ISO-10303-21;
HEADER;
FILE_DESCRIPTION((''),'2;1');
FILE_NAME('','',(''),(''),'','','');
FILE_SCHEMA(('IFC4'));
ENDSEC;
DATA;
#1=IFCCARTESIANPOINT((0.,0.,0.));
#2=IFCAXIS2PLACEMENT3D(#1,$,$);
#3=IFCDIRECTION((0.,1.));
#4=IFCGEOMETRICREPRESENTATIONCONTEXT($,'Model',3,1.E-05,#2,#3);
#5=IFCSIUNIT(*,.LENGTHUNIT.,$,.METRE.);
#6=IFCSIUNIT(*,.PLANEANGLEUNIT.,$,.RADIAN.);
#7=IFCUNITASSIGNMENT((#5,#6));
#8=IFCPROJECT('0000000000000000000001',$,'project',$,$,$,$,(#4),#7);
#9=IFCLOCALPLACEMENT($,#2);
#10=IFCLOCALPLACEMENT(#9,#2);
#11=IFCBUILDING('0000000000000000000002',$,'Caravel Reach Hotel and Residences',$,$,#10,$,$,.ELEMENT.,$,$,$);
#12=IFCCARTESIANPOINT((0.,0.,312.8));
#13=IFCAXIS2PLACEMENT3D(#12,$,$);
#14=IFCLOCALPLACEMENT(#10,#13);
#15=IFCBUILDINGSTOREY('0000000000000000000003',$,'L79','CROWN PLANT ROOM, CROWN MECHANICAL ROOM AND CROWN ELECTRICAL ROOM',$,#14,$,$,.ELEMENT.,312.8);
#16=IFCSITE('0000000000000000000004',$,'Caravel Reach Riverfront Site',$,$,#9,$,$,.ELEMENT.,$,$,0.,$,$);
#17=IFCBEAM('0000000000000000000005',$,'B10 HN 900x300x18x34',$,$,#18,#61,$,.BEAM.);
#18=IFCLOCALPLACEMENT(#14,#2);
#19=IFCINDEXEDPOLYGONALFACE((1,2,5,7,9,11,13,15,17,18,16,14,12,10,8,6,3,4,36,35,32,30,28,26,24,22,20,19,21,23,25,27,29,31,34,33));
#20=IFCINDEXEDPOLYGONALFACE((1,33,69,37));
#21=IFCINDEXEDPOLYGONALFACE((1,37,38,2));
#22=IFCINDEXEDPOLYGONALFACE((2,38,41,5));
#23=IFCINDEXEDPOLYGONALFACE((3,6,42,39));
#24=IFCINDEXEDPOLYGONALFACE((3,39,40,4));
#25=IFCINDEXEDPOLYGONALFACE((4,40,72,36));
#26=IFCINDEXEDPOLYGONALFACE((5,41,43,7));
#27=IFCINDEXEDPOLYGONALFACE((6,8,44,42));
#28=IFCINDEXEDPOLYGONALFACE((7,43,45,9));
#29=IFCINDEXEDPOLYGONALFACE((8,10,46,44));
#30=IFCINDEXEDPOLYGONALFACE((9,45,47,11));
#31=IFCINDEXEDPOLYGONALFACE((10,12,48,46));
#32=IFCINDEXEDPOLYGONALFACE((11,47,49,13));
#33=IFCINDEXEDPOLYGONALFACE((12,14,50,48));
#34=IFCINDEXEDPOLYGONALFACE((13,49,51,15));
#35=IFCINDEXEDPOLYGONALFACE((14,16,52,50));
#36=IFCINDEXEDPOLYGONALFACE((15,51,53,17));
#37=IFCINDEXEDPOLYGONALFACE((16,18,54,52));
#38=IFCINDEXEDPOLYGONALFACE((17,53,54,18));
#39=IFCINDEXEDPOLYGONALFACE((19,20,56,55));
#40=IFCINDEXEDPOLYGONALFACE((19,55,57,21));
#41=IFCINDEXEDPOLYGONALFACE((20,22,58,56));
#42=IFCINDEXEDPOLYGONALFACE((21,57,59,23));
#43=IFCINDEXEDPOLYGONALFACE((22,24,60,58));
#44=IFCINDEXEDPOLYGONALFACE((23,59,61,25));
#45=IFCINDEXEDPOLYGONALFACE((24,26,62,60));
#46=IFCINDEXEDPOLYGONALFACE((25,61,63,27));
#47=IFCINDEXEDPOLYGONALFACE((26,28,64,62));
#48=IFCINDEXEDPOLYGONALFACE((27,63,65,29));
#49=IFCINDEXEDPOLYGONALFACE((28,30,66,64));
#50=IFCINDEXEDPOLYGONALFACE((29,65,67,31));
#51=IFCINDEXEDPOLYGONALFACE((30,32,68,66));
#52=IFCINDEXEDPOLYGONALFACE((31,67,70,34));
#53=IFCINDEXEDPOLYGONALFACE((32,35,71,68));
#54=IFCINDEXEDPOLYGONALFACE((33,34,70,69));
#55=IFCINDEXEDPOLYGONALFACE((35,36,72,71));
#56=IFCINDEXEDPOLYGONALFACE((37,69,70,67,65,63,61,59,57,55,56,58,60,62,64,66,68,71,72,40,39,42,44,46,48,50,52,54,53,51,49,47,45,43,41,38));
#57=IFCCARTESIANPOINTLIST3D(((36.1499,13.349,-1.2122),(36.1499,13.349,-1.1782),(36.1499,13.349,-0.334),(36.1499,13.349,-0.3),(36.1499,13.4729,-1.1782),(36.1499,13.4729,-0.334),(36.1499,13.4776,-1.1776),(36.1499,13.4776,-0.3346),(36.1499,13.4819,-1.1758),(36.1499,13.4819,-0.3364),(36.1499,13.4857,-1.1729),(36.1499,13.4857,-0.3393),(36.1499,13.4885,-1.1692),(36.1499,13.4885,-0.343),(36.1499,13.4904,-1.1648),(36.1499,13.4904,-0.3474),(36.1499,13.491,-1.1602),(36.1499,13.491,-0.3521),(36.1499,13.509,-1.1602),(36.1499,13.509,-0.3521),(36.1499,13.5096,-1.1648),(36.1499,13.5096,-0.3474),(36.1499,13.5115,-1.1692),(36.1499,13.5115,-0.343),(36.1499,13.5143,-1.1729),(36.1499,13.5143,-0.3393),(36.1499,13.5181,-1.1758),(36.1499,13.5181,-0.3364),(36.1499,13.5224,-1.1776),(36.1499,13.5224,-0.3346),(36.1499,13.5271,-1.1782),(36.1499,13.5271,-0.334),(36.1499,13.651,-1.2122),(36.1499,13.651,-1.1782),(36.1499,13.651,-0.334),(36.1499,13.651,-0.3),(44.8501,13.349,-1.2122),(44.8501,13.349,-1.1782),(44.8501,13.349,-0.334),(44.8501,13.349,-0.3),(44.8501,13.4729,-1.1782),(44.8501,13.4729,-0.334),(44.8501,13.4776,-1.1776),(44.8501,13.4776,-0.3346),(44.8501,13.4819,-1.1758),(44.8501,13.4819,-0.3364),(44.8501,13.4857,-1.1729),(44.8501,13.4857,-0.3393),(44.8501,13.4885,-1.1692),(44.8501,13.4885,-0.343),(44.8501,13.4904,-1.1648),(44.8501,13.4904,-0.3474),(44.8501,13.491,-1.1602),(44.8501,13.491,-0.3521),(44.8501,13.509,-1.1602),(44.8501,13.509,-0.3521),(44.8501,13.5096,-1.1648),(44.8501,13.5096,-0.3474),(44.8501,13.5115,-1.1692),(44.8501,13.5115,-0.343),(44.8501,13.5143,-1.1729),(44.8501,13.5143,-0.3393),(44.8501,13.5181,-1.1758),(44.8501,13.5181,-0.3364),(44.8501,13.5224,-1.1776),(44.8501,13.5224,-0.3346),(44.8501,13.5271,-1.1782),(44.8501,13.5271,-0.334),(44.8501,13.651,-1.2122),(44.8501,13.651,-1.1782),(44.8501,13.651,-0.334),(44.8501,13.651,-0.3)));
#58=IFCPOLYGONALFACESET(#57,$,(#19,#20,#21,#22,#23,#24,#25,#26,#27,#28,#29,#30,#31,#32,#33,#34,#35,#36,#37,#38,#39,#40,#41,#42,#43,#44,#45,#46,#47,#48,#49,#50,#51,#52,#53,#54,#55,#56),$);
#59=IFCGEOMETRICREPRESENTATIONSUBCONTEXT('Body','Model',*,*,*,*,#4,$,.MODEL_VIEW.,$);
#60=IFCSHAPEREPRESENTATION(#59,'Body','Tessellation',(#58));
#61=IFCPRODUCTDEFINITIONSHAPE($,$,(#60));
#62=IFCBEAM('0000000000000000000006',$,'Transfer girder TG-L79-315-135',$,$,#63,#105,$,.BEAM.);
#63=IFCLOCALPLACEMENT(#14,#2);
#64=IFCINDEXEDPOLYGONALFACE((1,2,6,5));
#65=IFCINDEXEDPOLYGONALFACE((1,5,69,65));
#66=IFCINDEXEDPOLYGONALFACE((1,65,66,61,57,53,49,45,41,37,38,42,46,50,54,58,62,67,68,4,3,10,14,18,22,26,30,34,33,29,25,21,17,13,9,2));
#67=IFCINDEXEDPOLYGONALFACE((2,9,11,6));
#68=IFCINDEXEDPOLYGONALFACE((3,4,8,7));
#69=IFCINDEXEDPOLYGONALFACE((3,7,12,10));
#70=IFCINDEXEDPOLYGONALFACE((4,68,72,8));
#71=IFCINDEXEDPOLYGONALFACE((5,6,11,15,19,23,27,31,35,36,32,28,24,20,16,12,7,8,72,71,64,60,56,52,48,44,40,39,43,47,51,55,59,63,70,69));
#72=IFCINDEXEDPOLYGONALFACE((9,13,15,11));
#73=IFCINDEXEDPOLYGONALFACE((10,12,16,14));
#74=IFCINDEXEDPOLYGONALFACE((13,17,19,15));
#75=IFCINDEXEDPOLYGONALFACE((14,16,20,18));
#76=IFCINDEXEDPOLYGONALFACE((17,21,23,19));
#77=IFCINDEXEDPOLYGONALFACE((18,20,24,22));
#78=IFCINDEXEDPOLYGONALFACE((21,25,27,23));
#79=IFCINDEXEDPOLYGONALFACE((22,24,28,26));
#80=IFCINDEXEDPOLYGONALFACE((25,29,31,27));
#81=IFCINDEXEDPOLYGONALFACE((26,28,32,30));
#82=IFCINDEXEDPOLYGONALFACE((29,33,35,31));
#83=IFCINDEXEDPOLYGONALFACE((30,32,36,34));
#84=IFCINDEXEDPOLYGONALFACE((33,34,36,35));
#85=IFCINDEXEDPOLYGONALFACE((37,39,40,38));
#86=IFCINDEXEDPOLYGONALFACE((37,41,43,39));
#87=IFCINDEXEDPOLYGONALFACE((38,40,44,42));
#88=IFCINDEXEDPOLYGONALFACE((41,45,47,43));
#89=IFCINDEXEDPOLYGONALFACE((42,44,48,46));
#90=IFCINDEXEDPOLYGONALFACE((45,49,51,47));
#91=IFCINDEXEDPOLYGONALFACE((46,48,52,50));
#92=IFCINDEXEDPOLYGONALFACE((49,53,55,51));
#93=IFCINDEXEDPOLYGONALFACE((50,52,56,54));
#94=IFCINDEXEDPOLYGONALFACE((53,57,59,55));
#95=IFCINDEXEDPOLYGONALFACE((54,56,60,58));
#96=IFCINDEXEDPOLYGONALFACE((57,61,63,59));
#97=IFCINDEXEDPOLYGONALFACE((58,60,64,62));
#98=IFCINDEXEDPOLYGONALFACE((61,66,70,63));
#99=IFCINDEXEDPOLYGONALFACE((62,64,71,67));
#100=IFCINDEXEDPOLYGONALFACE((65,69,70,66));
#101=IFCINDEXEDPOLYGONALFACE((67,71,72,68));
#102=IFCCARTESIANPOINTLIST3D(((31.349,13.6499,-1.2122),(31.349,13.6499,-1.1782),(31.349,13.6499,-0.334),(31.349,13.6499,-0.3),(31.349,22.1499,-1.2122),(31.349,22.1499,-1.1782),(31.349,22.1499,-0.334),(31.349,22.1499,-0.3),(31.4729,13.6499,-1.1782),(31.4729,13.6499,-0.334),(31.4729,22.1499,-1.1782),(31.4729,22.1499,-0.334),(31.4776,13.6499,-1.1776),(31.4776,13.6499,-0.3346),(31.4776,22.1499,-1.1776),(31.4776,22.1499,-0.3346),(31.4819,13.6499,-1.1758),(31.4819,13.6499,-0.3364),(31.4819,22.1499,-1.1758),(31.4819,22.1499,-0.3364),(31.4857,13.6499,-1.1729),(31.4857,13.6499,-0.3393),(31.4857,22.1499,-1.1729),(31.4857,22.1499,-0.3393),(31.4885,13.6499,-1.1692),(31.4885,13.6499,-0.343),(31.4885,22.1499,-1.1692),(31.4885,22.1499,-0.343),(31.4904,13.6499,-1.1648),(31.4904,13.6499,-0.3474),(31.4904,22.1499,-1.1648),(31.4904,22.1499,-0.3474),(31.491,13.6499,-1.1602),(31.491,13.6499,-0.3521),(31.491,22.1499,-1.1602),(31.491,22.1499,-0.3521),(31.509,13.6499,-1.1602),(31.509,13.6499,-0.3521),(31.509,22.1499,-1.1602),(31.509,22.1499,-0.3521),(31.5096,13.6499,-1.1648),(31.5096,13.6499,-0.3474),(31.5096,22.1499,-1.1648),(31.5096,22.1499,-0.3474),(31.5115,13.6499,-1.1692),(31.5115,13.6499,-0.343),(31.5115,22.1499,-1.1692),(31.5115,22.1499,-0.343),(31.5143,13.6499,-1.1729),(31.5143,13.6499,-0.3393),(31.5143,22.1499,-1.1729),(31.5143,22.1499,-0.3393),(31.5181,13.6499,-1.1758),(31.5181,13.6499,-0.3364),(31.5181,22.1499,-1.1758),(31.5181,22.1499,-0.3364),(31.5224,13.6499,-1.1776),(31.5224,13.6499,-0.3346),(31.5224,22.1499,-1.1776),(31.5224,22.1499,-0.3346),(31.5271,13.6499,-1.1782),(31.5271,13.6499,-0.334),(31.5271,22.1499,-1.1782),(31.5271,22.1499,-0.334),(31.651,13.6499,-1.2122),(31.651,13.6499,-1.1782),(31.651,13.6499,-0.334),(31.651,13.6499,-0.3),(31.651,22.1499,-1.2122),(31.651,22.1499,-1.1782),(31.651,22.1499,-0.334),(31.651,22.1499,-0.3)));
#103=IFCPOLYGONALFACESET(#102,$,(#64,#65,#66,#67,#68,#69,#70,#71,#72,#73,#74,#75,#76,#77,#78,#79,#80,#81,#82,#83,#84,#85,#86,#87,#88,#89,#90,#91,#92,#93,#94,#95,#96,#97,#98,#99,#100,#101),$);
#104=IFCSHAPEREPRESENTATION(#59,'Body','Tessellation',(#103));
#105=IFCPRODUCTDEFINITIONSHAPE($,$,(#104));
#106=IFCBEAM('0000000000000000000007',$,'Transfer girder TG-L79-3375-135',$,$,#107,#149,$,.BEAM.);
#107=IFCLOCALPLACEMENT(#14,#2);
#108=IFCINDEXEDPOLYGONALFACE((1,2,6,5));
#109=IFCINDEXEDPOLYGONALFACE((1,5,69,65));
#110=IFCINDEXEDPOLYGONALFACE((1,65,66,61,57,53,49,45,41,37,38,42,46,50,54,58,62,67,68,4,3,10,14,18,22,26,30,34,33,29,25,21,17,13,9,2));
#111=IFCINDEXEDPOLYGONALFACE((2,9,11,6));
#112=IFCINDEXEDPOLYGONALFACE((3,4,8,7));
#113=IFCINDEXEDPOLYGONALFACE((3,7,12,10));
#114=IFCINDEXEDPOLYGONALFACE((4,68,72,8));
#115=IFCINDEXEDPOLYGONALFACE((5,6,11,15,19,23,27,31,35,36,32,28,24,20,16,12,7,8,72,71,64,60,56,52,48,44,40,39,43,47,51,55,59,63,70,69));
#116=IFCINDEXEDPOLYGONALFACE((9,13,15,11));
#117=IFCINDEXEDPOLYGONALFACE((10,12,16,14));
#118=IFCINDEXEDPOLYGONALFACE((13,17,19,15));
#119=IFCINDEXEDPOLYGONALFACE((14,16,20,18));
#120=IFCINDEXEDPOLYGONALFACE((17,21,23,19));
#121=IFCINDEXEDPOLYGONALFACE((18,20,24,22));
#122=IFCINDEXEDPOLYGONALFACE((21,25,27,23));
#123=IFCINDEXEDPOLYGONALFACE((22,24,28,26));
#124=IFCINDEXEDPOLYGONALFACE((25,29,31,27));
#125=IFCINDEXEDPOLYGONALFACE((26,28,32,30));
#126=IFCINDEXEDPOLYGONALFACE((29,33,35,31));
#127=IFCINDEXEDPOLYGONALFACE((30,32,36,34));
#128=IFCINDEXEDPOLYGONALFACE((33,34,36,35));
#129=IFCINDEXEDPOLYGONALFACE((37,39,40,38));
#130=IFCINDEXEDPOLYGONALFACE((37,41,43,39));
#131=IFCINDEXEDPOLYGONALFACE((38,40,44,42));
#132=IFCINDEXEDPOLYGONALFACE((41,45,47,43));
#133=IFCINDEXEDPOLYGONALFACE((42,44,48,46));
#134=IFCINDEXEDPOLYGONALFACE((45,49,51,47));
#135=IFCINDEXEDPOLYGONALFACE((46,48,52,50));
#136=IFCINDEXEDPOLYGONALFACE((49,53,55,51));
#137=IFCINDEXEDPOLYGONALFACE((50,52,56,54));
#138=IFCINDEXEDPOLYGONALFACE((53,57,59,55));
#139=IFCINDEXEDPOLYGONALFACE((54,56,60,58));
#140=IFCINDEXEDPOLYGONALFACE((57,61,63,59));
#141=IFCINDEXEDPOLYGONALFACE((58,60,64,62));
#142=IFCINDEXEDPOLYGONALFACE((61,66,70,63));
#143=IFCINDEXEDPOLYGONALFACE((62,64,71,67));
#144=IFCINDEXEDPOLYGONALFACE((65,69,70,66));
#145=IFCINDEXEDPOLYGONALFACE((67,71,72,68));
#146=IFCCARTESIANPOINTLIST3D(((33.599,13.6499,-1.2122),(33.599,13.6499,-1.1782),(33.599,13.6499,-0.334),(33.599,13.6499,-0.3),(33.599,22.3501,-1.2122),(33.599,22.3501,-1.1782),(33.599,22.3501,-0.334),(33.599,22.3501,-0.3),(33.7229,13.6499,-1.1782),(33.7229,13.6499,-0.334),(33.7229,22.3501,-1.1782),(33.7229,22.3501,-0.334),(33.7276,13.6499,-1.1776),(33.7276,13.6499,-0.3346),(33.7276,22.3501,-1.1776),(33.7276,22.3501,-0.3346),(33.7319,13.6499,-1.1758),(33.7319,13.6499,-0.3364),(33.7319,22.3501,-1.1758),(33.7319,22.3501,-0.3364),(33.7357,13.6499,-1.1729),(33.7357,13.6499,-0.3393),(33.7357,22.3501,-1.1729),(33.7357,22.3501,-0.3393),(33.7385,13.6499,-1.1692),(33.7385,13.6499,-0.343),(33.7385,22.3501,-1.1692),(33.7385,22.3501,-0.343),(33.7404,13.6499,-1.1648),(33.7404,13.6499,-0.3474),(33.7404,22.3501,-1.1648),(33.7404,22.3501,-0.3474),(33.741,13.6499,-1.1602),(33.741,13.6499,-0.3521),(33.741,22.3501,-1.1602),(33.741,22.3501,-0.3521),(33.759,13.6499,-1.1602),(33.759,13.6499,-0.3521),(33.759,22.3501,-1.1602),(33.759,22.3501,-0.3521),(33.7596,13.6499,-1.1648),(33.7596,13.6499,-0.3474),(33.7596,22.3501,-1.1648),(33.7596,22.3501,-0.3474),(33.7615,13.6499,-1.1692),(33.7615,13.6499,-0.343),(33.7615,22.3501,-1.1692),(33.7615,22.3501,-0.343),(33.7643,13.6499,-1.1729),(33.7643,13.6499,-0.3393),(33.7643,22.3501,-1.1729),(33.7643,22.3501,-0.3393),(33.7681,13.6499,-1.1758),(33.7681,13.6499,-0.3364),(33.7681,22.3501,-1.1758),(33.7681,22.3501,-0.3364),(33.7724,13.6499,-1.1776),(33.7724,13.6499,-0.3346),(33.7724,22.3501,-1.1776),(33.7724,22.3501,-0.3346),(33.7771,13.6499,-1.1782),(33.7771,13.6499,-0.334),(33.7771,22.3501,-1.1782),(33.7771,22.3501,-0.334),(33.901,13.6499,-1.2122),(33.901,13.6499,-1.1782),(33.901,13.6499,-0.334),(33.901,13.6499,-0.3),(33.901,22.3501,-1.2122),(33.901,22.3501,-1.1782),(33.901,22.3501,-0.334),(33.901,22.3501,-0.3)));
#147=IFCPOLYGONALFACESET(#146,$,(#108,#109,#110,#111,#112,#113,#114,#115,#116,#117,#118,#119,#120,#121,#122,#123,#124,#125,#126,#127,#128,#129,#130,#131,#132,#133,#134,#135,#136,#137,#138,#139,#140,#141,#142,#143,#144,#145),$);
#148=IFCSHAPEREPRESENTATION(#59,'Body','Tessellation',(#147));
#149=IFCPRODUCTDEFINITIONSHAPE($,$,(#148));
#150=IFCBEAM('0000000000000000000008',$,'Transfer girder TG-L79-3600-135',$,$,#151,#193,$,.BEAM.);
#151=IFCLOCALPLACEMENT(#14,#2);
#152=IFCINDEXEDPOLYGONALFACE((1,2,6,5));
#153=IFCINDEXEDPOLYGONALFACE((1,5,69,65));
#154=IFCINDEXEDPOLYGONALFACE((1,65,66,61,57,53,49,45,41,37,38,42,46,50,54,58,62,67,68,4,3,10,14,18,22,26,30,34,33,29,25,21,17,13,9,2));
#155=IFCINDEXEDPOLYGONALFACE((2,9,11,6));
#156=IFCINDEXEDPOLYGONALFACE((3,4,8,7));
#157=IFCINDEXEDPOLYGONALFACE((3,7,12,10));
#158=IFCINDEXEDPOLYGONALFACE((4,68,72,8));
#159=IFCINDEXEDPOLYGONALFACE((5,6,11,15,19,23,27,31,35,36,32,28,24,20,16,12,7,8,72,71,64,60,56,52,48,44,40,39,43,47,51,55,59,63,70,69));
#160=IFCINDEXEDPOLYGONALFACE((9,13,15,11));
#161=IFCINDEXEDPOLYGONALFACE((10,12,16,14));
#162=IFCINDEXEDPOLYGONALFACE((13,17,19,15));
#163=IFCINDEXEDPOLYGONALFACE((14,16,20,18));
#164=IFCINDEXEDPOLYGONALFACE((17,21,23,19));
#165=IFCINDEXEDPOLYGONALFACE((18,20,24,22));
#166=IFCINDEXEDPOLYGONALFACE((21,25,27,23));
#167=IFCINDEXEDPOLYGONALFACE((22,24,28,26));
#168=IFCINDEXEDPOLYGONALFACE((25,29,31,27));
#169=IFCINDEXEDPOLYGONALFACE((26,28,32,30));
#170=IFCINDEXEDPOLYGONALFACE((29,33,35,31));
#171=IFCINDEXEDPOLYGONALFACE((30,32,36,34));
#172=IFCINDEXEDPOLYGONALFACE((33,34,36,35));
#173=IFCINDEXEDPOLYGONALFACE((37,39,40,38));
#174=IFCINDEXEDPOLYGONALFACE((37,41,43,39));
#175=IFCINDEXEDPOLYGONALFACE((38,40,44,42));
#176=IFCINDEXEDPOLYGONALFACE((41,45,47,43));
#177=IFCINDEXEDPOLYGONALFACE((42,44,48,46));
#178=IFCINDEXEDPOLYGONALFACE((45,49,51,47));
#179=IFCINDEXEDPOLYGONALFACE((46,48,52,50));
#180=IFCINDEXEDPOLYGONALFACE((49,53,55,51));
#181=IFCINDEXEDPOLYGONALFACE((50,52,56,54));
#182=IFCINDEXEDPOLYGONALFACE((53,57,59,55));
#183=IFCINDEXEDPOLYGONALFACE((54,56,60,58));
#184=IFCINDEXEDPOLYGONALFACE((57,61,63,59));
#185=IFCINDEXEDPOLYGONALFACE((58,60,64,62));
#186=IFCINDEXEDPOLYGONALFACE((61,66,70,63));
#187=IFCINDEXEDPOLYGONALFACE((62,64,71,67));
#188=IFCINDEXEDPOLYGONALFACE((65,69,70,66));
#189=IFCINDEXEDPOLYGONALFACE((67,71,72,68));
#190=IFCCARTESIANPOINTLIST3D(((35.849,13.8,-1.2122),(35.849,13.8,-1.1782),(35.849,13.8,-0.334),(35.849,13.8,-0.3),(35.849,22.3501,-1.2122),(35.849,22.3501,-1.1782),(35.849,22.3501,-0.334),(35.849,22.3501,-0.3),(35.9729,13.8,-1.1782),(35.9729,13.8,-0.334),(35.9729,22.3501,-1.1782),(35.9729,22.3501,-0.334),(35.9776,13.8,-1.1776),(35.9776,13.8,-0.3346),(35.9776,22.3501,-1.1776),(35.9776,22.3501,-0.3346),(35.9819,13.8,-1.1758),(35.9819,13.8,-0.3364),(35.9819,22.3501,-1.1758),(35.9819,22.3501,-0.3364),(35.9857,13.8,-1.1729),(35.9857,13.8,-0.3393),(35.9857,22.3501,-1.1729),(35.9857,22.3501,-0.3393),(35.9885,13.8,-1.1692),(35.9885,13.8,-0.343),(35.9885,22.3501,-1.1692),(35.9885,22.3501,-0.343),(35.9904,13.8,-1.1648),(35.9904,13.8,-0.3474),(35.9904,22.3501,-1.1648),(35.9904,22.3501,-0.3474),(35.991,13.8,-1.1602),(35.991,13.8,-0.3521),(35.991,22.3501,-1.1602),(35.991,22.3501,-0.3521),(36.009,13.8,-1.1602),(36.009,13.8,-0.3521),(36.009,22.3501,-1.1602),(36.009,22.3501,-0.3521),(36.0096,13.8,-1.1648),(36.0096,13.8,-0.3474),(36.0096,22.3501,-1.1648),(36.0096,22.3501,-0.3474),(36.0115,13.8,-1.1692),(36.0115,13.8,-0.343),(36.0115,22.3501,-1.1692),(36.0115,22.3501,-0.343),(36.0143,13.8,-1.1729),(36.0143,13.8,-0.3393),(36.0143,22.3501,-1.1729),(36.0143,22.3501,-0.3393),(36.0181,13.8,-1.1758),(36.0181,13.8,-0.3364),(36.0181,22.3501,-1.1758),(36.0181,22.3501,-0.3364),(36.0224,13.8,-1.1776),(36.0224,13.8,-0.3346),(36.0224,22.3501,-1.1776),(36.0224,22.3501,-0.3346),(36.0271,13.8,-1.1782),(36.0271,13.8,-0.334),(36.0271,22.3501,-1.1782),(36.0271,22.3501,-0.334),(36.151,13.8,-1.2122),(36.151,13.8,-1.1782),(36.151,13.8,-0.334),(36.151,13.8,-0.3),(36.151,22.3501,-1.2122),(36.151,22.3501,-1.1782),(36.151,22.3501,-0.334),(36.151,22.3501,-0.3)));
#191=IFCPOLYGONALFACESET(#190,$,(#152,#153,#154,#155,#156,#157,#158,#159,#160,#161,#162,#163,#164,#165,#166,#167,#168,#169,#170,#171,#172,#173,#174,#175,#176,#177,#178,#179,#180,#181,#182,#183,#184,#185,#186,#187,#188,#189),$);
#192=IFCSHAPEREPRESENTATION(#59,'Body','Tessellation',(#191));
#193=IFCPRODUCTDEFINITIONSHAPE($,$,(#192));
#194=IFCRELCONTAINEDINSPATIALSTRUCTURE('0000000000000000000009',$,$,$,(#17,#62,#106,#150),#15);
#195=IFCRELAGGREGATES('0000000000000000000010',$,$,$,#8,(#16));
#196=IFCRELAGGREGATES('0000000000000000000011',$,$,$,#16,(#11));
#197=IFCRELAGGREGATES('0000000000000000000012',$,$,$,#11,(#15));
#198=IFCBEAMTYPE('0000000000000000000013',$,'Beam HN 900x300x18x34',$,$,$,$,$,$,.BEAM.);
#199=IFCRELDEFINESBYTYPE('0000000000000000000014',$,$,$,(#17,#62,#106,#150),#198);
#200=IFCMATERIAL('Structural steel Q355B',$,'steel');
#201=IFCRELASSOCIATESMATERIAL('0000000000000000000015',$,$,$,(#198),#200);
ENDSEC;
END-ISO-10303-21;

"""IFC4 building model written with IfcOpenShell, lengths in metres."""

from ifc_helpers import new_model, si_unit, direction, frame, origin, origin_2d, place, context, subcontext, project, spatial, i_section, extrude, material, material_profile, profile_set, type_object, element, save


model = new_model("IFC4")

# Units and contexts
model_context = context("Model", 3, precision=1e-05, world=origin(), true_north=direction((0.0, 1.0)))
body_context = subcontext(model_context, "Body", "Model", "MODEL_VIEW")
ifc_project = project(units=[si_unit("LENGTHUNIT", "METRE"), si_unit("PLANEANGLEUNIT", "RADIAN")], contexts=[model_context])

# Site, building, storey
site_placement = place(None, origin())
site = spatial("IfcSite", under=ifc_project, at=site_placement, Name="Caravel Reach Riverfront Site", CompositionType="ELEMENT", RefElevation=0.0)
building_placement = place(site_placement, origin())
building = spatial("IfcBuilding", under=site, at=building_placement, Name="Caravel Reach Hotel and Residences", CompositionType="ELEMENT")
storey_placement = place(building_placement, frame((0.0, 0.0, 312.8)))
storey = spatial("IfcBuildingStorey", under=building, at=storey_placement, Name="L79", Description="CROWN PLANT ROOM, CROWN MECHANICAL ROOM AND CROWN ELECTRICAL ROOM", CompositionType="ELEMENT", Elevation=312.8)

# Beams
ifc_material_1 = material(Name="Structural steel Q355B", Category="steel")
ifc_material_profile_1 = material_profile(ifc_material_1, i_section(OverallWidth=0.302, OverallDepth=0.9121, WebThickness=0.0181, FlangeThickness=0.0339, FilletRadius=0.0181, at=origin_2d()), Name="HN 900x300x18x34")
ifc_profile_set_1 = profile_set([ifc_material_profile_1], Name="Structural steel Q355B")
beam_type = type_object("IfcBeamType", Name="Beam HN 900x300x18x34", PredefinedType="BEAM", material=ifc_profile_set_1)
beam_1_placement = place(storey_placement, frame((36.1499, 13.5, -0.7561), z_axis=(1.0, 0.0, 0.0), x_axis=(0.0, 1.0, 0.0)))
element("IfcBeam", 1, at=beam_1_placement, inside=storey, type_object=beam_type, Name="B10 HN 900x300x18x34", PredefinedType="BEAM", context=body_context, shape_type="SweptSolid", body=[
    extrude(i_section(OverallWidth=0.302, OverallDepth=0.9121, WebThickness=0.0181, FlangeThickness=0.0339, FilletRadius=0.0181, at=origin_2d()), origin(), (0.0, 0.0, 1.0), 8.7002),
])
beam_2_placement = place(storey_placement, frame((31.5, 13.6499, -0.7561), z_axis=(0.0, 1.0, 0.0), x_axis=(-1.0, 0.0, 0.0)))
element("IfcBeam", 2, at=beam_2_placement, inside=storey, type_object=beam_type, Name="Transfer girder TG-L79-315-135", PredefinedType="BEAM", context=body_context, shape_type="SweptSolid", body=[
    extrude(i_section(OverallWidth=0.302, OverallDepth=0.9121, WebThickness=0.0181, FlangeThickness=0.0339, FilletRadius=0.0181, at=origin_2d()), origin(), (0.0, 0.0, 1.0), 8.5),
])
beam_3_placement = place(storey_placement, frame((33.75, 13.6499, -0.7561), z_axis=(0.0, 1.0, 0.0), x_axis=(-1.0, 0.0, 0.0)))
element("IfcBeam", 3, at=beam_3_placement, inside=storey, type_object=beam_type, Name="Transfer girder TG-L79-3375-135", PredefinedType="BEAM", context=body_context, shape_type="SweptSolid", body=[
    extrude(i_section(OverallWidth=0.302, OverallDepth=0.9121, WebThickness=0.0181, FlangeThickness=0.0339, FilletRadius=0.0181, at=origin_2d()), origin(), (0.0, 0.0, 1.0), 8.7002),
])
beam_4_placement = place(storey_placement, frame((36.0, 13.8, -0.7561), z_axis=(0.0, 1.0, 0.0), x_axis=(-1.0, 0.0, 0.0)))
element("IfcBeam", 4, at=beam_4_placement, inside=storey, type_object=beam_type, Name="Transfer girder TG-L79-3600-135", PredefinedType="BEAM", context=body_context, shape_type="SweptSolid", body=[
    extrude(i_section(OverallWidth=0.302, OverallDepth=0.9121, WebThickness=0.0181, FlangeThickness=0.0339, FilletRadius=0.0181, at=origin_2d()), origin(), (0.0, 0.0, 1.0), 8.55),
])

save(model, "model.ifc")
